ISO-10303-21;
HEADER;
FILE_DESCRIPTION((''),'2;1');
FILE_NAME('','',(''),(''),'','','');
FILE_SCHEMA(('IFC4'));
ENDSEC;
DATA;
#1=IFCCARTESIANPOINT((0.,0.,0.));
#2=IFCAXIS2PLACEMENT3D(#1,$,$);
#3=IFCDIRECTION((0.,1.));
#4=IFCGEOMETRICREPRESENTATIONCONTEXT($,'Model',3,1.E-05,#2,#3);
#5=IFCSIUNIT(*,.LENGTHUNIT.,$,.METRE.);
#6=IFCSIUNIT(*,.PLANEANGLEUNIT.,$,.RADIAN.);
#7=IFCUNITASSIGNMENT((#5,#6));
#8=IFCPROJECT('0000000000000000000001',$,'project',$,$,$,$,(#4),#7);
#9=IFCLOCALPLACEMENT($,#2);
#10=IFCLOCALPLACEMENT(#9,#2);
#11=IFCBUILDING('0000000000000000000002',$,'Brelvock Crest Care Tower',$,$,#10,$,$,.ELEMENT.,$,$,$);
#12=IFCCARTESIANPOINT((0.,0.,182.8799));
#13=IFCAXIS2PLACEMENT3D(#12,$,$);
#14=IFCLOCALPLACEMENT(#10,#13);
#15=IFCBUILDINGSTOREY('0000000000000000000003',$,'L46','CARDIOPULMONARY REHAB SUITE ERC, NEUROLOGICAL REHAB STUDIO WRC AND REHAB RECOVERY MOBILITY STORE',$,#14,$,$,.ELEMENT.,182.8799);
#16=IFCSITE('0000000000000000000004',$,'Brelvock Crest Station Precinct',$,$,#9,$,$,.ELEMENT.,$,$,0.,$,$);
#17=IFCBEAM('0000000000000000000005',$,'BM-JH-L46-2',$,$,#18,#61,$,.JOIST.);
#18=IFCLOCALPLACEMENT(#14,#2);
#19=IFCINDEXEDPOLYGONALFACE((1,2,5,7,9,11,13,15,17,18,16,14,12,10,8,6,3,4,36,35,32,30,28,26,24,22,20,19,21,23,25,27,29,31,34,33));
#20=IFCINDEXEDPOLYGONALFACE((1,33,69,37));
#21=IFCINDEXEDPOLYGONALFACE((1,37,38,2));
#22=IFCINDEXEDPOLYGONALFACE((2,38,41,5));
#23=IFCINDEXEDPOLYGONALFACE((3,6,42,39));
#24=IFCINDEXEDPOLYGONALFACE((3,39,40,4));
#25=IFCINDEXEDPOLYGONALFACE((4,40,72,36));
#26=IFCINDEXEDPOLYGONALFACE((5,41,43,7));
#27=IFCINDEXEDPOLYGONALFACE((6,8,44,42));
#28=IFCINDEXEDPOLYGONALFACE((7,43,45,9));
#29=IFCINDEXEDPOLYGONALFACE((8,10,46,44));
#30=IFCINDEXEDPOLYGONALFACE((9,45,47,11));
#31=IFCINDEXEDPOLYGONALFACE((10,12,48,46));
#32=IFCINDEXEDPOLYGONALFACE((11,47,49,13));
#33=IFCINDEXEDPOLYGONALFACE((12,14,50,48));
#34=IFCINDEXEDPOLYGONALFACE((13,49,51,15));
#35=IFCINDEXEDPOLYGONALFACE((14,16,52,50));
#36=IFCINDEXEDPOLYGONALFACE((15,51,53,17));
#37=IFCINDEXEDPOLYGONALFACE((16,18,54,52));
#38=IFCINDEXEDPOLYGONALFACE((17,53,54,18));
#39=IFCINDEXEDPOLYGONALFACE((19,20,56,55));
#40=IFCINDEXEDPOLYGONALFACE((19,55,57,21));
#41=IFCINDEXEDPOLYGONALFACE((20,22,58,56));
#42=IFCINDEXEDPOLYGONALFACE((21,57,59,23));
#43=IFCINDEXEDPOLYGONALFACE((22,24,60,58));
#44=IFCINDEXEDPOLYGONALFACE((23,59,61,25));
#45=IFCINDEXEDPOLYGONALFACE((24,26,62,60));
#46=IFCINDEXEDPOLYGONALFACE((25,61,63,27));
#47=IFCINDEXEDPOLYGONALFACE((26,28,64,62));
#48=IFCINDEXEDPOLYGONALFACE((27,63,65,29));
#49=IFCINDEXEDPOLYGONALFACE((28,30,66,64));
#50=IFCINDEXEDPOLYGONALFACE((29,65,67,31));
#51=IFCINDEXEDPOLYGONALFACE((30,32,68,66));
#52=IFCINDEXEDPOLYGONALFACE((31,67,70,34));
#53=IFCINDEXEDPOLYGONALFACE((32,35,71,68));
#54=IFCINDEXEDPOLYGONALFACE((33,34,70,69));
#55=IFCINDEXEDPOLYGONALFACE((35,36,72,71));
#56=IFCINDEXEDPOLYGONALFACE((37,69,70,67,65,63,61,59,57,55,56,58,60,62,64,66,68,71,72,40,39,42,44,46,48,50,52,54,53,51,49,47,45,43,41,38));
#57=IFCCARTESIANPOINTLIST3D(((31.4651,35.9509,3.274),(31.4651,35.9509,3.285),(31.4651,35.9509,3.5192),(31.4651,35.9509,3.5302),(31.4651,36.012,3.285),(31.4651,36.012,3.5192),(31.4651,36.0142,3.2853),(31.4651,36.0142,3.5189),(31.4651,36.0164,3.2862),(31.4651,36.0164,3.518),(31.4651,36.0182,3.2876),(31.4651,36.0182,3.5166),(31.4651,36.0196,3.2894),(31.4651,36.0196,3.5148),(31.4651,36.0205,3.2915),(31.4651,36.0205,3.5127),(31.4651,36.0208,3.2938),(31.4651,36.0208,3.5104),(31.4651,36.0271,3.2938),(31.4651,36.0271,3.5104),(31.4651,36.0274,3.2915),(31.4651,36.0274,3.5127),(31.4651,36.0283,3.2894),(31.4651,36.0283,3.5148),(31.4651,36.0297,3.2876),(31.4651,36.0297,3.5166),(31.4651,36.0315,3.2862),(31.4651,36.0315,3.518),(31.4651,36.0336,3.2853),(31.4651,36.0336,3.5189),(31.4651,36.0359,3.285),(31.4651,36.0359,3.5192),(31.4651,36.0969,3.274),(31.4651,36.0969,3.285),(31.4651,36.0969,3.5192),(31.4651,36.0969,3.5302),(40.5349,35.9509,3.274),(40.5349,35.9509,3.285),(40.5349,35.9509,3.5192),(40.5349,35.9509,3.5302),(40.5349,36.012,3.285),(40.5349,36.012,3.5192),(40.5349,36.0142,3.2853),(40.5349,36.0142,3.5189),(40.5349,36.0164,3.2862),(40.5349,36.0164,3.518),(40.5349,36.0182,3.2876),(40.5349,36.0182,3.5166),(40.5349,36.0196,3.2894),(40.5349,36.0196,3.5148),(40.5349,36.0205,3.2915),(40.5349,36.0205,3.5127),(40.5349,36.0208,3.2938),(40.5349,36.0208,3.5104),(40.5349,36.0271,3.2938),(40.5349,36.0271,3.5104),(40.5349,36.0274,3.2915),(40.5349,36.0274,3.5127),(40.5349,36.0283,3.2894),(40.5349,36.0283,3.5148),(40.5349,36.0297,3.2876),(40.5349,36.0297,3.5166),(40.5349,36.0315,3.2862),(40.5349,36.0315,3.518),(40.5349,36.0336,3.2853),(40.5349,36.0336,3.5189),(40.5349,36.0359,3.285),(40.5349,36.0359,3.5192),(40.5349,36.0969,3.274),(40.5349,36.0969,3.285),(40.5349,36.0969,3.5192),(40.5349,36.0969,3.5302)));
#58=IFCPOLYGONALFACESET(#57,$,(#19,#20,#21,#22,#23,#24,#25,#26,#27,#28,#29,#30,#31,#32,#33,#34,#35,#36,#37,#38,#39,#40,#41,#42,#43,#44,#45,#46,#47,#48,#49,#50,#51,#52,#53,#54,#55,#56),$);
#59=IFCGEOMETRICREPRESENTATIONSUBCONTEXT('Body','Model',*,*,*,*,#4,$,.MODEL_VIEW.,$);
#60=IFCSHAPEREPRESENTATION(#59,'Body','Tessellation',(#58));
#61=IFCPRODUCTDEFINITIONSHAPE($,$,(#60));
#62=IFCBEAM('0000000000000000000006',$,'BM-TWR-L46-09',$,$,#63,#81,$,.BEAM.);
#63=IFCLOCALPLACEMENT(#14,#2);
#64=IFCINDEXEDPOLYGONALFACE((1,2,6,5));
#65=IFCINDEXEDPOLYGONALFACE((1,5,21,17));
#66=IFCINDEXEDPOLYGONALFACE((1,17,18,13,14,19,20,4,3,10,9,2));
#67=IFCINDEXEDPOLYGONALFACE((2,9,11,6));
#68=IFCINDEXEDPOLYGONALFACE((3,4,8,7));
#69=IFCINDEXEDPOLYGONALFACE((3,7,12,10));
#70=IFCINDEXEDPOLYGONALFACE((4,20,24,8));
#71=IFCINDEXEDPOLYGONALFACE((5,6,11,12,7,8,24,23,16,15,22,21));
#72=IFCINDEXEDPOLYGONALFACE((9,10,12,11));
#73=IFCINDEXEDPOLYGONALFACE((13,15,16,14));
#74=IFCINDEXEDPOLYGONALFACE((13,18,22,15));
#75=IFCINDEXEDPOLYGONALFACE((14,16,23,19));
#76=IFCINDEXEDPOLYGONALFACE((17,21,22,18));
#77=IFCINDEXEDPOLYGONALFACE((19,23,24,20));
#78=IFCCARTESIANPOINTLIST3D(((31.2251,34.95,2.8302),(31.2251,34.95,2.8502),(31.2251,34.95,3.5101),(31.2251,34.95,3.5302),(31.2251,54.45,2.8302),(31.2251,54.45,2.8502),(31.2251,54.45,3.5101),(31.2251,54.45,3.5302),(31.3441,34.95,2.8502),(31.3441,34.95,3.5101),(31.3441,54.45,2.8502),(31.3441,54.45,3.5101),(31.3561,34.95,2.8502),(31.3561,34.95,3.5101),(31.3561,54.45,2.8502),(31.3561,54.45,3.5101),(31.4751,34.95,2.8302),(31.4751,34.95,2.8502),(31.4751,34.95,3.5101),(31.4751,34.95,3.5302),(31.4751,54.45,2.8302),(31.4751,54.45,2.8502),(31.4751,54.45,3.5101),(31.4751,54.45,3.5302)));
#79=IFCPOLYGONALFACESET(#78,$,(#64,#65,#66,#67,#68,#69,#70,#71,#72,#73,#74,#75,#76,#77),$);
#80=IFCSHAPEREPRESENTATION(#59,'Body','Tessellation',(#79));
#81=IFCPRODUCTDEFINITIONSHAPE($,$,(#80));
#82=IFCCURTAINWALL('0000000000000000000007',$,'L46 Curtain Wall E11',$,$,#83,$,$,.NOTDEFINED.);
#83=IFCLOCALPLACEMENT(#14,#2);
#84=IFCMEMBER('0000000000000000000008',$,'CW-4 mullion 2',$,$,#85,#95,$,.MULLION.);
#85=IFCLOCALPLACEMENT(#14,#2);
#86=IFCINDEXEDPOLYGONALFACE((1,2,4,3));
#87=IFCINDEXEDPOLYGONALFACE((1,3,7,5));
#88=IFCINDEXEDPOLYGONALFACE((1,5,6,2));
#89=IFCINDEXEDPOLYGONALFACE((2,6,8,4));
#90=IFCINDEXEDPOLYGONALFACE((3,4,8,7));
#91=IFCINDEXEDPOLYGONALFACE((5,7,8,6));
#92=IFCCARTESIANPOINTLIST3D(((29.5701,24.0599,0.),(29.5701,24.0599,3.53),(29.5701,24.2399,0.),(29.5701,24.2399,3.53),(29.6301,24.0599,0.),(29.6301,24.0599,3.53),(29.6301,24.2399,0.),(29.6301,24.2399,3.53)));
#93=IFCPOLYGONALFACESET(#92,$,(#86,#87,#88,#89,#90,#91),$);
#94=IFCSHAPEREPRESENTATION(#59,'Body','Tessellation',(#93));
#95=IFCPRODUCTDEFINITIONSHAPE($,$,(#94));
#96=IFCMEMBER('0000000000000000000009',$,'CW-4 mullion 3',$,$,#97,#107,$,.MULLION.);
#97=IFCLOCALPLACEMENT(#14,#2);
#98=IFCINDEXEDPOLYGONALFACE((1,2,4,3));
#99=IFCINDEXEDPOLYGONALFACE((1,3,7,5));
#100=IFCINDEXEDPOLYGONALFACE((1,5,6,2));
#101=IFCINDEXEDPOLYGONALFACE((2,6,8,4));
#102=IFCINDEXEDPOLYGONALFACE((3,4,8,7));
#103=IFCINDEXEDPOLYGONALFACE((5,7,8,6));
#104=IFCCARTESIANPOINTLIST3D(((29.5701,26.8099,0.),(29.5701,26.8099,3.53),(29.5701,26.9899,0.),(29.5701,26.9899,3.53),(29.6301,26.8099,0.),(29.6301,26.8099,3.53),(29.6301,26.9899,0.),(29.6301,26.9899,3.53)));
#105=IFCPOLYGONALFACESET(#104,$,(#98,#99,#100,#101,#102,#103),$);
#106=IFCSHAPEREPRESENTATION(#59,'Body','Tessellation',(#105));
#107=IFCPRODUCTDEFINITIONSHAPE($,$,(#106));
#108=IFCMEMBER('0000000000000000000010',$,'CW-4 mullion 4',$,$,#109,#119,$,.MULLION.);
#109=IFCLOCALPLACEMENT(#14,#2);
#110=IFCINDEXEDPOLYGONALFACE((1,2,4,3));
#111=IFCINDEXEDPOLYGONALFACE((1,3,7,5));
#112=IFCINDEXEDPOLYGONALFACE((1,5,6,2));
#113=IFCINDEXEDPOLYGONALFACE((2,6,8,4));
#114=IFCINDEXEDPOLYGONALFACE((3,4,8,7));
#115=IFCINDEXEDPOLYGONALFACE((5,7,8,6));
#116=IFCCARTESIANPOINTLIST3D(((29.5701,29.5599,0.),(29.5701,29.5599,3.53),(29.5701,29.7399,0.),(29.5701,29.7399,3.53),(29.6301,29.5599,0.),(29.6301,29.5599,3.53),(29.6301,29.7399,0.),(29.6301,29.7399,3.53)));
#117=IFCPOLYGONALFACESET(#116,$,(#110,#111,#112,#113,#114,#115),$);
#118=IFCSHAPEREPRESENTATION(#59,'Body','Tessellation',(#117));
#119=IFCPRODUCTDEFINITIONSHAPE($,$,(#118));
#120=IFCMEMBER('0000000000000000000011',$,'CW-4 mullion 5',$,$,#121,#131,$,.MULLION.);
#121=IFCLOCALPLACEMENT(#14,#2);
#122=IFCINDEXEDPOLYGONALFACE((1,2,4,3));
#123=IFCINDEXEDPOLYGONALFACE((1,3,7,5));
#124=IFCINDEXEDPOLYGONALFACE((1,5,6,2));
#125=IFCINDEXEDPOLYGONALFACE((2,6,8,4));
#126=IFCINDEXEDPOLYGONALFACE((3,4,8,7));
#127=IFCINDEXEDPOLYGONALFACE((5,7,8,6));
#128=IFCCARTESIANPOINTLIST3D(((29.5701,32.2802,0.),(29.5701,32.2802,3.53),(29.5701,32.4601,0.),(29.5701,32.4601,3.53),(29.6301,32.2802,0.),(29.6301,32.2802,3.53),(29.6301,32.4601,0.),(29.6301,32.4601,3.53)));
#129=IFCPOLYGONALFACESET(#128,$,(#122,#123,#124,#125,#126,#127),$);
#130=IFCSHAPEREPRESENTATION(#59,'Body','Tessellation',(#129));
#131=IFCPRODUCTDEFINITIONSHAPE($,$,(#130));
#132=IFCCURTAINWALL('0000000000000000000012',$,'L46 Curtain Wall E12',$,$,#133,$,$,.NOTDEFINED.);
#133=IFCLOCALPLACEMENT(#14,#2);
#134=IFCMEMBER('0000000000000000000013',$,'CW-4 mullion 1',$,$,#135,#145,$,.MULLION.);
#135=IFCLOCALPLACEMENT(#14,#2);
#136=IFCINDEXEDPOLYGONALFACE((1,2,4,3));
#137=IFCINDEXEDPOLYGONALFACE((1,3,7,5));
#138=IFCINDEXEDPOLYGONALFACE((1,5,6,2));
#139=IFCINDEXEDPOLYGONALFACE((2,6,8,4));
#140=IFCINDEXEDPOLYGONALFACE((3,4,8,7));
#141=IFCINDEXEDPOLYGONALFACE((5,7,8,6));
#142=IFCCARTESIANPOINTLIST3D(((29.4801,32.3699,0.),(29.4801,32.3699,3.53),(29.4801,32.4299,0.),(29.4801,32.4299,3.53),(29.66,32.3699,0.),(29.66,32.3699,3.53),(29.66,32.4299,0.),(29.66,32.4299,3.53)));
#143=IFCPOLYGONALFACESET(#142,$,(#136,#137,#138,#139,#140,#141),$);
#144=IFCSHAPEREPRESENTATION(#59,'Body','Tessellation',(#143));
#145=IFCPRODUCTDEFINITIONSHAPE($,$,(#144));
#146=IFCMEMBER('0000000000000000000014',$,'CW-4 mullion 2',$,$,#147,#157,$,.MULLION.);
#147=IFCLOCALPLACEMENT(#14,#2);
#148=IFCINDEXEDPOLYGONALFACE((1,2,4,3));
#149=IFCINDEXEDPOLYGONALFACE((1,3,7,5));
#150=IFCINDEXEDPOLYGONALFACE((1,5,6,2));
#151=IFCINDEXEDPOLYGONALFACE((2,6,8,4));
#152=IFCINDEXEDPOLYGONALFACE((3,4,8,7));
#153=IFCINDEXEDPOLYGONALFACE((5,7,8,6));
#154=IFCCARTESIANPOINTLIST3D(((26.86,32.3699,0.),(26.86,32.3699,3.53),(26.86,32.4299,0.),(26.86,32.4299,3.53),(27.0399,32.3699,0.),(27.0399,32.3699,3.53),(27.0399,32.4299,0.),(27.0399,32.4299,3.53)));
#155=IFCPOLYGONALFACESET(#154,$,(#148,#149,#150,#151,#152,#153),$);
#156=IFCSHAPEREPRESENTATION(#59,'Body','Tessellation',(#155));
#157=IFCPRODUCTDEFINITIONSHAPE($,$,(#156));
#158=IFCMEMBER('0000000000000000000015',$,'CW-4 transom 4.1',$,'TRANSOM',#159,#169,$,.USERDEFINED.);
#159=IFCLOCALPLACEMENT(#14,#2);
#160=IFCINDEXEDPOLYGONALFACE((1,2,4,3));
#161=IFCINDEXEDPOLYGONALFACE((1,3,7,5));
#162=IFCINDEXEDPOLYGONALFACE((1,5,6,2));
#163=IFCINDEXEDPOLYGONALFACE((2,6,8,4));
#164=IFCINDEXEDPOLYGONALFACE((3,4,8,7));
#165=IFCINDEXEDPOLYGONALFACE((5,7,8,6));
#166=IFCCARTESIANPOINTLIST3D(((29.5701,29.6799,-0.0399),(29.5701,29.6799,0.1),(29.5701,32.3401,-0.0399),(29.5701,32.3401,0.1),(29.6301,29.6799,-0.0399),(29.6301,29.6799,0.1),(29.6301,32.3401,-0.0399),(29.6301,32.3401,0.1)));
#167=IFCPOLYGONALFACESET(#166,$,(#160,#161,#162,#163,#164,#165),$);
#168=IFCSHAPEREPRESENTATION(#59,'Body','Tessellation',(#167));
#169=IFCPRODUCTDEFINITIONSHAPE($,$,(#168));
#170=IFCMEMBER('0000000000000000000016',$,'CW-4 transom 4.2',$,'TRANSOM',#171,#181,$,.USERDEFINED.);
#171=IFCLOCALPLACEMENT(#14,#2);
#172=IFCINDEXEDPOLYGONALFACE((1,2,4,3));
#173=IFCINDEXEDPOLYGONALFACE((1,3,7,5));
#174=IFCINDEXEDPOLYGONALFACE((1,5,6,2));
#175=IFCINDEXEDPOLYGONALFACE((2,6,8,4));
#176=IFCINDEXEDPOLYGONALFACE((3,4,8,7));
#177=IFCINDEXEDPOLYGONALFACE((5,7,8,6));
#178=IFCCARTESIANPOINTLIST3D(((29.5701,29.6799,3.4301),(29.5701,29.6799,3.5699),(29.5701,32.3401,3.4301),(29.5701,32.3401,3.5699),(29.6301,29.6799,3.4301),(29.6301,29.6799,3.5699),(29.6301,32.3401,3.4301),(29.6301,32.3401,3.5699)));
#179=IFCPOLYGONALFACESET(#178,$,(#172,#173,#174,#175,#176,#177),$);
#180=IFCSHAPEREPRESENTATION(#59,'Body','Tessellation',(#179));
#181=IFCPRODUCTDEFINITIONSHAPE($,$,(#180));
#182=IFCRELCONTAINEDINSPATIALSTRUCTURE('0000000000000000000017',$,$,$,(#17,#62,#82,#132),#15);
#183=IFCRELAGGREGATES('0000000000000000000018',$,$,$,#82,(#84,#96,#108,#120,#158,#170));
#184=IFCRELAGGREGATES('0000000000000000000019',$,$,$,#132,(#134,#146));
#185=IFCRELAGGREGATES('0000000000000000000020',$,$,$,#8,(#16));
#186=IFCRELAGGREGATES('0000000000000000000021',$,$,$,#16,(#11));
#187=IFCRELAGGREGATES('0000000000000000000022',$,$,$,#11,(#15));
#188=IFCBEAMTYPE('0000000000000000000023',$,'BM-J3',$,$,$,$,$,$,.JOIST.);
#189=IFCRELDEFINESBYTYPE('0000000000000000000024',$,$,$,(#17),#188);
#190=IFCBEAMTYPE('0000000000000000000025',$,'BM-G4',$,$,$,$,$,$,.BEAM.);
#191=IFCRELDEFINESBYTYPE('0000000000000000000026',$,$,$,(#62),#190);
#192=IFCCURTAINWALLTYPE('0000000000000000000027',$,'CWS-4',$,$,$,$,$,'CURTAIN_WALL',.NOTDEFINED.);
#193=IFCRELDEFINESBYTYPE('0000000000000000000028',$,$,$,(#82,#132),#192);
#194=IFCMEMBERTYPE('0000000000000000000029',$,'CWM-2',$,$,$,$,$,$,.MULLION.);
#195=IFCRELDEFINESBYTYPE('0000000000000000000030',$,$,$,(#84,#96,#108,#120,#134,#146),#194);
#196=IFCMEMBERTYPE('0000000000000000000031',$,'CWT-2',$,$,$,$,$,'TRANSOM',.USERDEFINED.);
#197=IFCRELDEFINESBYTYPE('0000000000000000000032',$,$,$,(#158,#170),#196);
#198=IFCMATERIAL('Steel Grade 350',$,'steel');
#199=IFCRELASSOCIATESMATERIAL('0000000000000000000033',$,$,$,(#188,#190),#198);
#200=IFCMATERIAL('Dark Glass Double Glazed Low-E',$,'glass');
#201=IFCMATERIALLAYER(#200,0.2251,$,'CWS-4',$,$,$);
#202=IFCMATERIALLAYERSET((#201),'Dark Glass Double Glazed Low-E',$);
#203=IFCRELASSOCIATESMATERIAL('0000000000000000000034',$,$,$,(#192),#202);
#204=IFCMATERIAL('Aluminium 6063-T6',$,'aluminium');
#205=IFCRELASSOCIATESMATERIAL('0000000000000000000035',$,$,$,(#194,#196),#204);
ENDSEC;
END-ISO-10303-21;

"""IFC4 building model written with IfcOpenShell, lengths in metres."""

from ifc_helpers import new_model, si_unit, direction, frame, origin, origin_2d, place, context, subcontext, project, spatial, rectangle, i_section, extrude, source, transform, mapped, material, layer, layer_set, material_profile, profile_set, type_object, element, aggregate, save


model = new_model("IFC4")

# Units and contexts
model_context = context("Model", 3, precision=1e-05, world=origin(), true_north=direction((0.0, 1.0)))
body_context = subcontext(model_context, "Body", "Model", "MODEL_VIEW")
ifc_project = project(units=[si_unit("LENGTHUNIT", "METRE"), si_unit("PLANEANGLEUNIT", "RADIAN")], contexts=[model_context])

# Site, building, storey
site_placement = place(None, origin())
site = spatial("IfcSite", under=ifc_project, at=site_placement, Name="Brelvock Crest Station Precinct", CompositionType="ELEMENT", RefElevation=0.0)
building_placement = place(site_placement, origin())
building = spatial("IfcBuilding", under=site, at=building_placement, Name="Brelvock Crest Care Tower", CompositionType="ELEMENT")
storey_placement = place(building_placement, frame((0.0, 0.0, 182.8799)))
storey = spatial("IfcBuildingStorey", under=building, at=storey_placement, Name="L46", Description="CARDIOPULMONARY REHAB SUITE ERC, NEUROLOGICAL REHAB STUDIO WRC AND REHAB RECOVERY MOBILITY STORE", CompositionType="ELEMENT", Elevation=182.8799)

# Shared definitions
ifc_material_1 = material(Name="Steel Grade 350", Category="steel")

# Beams
ifc_material_profile_1 = material_profile(ifc_material_1, i_section(OverallWidth=0.146, OverallDepth=0.2561, WebThickness=0.0063, FlangeThickness=0.011, FilletRadius=0.0088, at=origin_2d()), Name="250UB37.3")
ifc_profile_set_1 = profile_set([ifc_material_profile_1], Name="Steel Grade 350")
beam_type_1 = type_object("IfcBeamType", Name="BM-J3", PredefinedType="JOIST", material=ifc_profile_set_1)
shared_shape_1 = source(origin(), body_context, "Body", "SweptSolid", [
    extrude(i_section(OverallWidth=0.146, OverallDepth=0.2561, WebThickness=0.0063, FlangeThickness=0.011, FilletRadius=0.0088, at=origin_2d()), origin(), (0.0, 0.0, 1.0), 9.0698),
])
for number, where, z_axis, x_axis, name in (
    (1, (31.4651, 36.0239, 3.4021), (1.0, 0.0, 0.0), (0.0, 1.0, 0.0), "BM-JH-L46-2"),
):
    element("IfcBeam", number, at=place(storey_placement, frame(where, z_axis=z_axis, x_axis=x_axis)), inside=storey, type_object=beam_type_1, Name=name, PredefinedType="JOIST", context=body_context, shape_type="MappedRepresentation", body=[
        mapped(shared_shape_1, transform((0.0, 0.0, 0.0), x_axis=(1.0, 0.0, 0.0), y_axis=(0.0, 1.0, 0.0), z_axis=(0.0, 0.0, 1.0), scale=1.0)),
    ])
ifc_material_profile_2 = material_profile(ifc_material_1, i_section(OverallWidth=0.25, OverallDepth=0.7, WebThickness=0.012, FlangeThickness=0.02, at=origin_2d()), Name="700WB150")
ifc_profile_set_2 = profile_set([ifc_material_profile_2], Name="Steel Grade 350")
beam_type_2 = type_object("IfcBeamType", Name="BM-G4", PredefinedType="BEAM", material=ifc_profile_set_2)
shared_shape_2 = source(origin(), body_context, "Body", "SweptSolid", [
    extrude(i_section(OverallWidth=0.25, OverallDepth=0.7, WebThickness=0.012, FlangeThickness=0.02, at=origin_2d()), origin(), (0.0, 0.0, 1.0), 19.5),
])
beam_1_placement = place(storey_placement, frame((31.3501, 34.95, 3.1802), z_axis=(0.0, 1.0, 0.0), x_axis=(-1.0, 0.0, 0.0)))
element("IfcBeam", 2, at=beam_1_placement, inside=storey, type_object=beam_type_2, Name="BM-TWR-L46-09", PredefinedType="BEAM", context=body_context, shape_type="MappedRepresentation", body=[
    mapped(shared_shape_2, transform((0.0, 0.0, 0.0), x_axis=(1.0, 0.0, 0.0), y_axis=(0.0, 1.0, 0.0), z_axis=(0.0, 0.0, 1.0), scale=1.0)),
])

# Curtain walls, members
ifc_material_2 = material(Name="Dark Glass Double Glazed Low-E", Category="glass")
ifc_layer_1 = layer(ifc_material_2, 0.2251, Name="CWS-4")
ifc_layer_set_1 = layer_set([ifc_layer_1], Name="Dark Glass Double Glazed Low-E")
curtain_wall_type = type_object("IfcCurtainWallType", Name="CWS-4", ElementType="CURTAIN_WALL", PredefinedType="NOTDEFINED", material=ifc_layer_set_1)
curtain_wall_1_placement = place(storey_placement, origin())
curtain_wall_1 = element("IfcCurtainWall", 3, at=curtain_wall_1_placement, inside=storey, type_object=curtain_wall_type, Name="L46 Curtain Wall E11", PredefinedType="NOTDEFINED")
ifc_material_3 = material(Name="Aluminium 6063-T6", Category="aluminium")
ifc_material_profile_3 = material_profile(ifc_material_3, rectangle(XDim=0.0601, YDim=0.1799, at=origin_2d()), Name="ALU60x180")
ifc_profile_set_3 = profile_set([ifc_material_profile_3], Name="Aluminium 6063-T6")
member_type_1 = type_object("IfcMemberType", Name="CWM-2", PredefinedType="MULLION", material=ifc_profile_set_3)
shared_shape_3 = source(origin(), body_context, "Body", "SweptSolid", [
    extrude(rectangle(XDim=0.0601, YDim=0.1799, at=origin_2d()), origin(), (0.0, 0.0, 1.0), 3.53),
])
member_1_placement = place(storey_placement, frame((29.6001, 24.1499, 0.0), z_axis=(0.0, 0.0, 1.0), x_axis=(-1.0, 0.0, 0.0)))
member_1 = element("IfcMember", 4, at=member_1_placement, type_object=member_type_1, Name="CW-4 mullion 2", PredefinedType="MULLION", context=body_context, shape_type="MappedRepresentation", body=[
    mapped(shared_shape_3, transform((0.0, 0.0, 0.0), x_axis=(1.0, 0.0, 0.0), y_axis=(0.0, 1.0, 0.0), z_axis=(0.0, 0.0, 1.0), scale=1.0)),
])
member_2_placement = place(storey_placement, frame((29.6001, 26.8999, 0.0), z_axis=(0.0, 0.0, 1.0), x_axis=(-1.0, 0.0, 0.0)))
member_2 = element("IfcMember", 5, at=member_2_placement, type_object=member_type_1, Name="CW-4 mullion 3", PredefinedType="MULLION", context=body_context, shape_type="MappedRepresentation", body=[
    mapped(shared_shape_3, transform((0.0, 0.0, 0.0), x_axis=(1.0, 0.0, 0.0), y_axis=(0.0, 1.0, 0.0), z_axis=(0.0, 0.0, 1.0), scale=1.0)),
])
member_3_placement = place(storey_placement, frame((29.6001, 29.6499, 0.0), z_axis=(0.0, 0.0, 1.0), x_axis=(-1.0, 0.0, 0.0)))
member_3 = element("IfcMember", 6, at=member_3_placement, type_object=member_type_1, Name="CW-4 mullion 4", PredefinedType="MULLION", context=body_context, shape_type="MappedRepresentation", body=[
    mapped(shared_shape_3, transform((0.0, 0.0, 0.0), x_axis=(1.0, 0.0, 0.0), y_axis=(0.0, 1.0, 0.0), z_axis=(0.0, 0.0, 1.0), scale=1.0)),
])
member_4_placement = place(storey_placement, frame((29.6001, 32.3701, 0.0), z_axis=(0.0, 0.0, 1.0), x_axis=(-1.0, 0.0, 0.0)))
member_4 = element("IfcMember", 7, at=member_4_placement, type_object=member_type_1, Name="CW-4 mullion 5", PredefinedType="MULLION", context=body_context, shape_type="MappedRepresentation", body=[
    mapped(shared_shape_3, transform((0.0, 0.0, 0.0), x_axis=(1.0, 0.0, 0.0), y_axis=(0.0, 1.0, 0.0), z_axis=(0.0, 0.0, 1.0), scale=1.0)),
])
curtain_wall_2_placement = place(storey_placement, origin())
curtain_wall_2 = element("IfcCurtainWall", 8, at=curtain_wall_2_placement, inside=storey, type_object=curtain_wall_type, Name="L46 Curtain Wall E12", PredefinedType="NOTDEFINED")
member_5_placement = place(storey_placement, frame((29.5701, 32.3999, 0.0), z_axis=(0.0, 0.0, 1.0), x_axis=(0.0, -1.0, 0.0)))
member_5 = element("IfcMember", 9, at=member_5_placement, type_object=member_type_1, Name="CW-4 mullion 1", PredefinedType="MULLION", context=body_context, shape_type="MappedRepresentation", body=[
    mapped(shared_shape_3, transform((0.0, 0.0, 0.0), x_axis=(1.0, 0.0, 0.0), y_axis=(0.0, 1.0, 0.0), z_axis=(0.0, 0.0, 1.0), scale=1.0)),
])
member_6_placement = place(storey_placement, frame((26.95, 32.3999, 0.0), z_axis=(0.0, 0.0, 1.0), x_axis=(0.0, -1.0, 0.0)))
member_6 = element("IfcMember", 10, at=member_6_placement, type_object=member_type_1, Name="CW-4 mullion 2", PredefinedType="MULLION", context=body_context, shape_type="MappedRepresentation", body=[
    mapped(shared_shape_3, transform((0.0, 0.0, 0.0), x_axis=(1.0, 0.0, 0.0), y_axis=(0.0, 1.0, 0.0), z_axis=(0.0, 0.0, 1.0), scale=1.0)),
])

# Members
ifc_material_profile_4 = material_profile(ifc_material_3, rectangle(XDim=0.0601, YDim=0.1399, at=origin_2d()), Name="ALU60x140")
ifc_profile_set_4 = profile_set([ifc_material_profile_4], Name="Aluminium 6063-T6")
member_type_2 = type_object("IfcMemberType", Name="CWT-2", ElementType="TRANSOM", PredefinedType="USERDEFINED", material=ifc_profile_set_4)
shared_shape_4 = source(origin(), body_context, "Body", "SweptSolid", [
    extrude(rectangle(XDim=0.0601, YDim=0.1399, at=origin_2d()), origin(), (0.0, 0.0, 1.0), 2.6602),
])
member_7_placement = place(storey_placement, frame((29.6001, 29.6799, 0.03), z_axis=(0.0, 1.0, 0.0), x_axis=(-1.0, 0.0, 0.0)))
member_7 = element("IfcMember", 11, at=member_7_placement, type_object=member_type_2, Name="CW-4 transom 4.1", ObjectType="TRANSOM", PredefinedType="USERDEFINED", context=body_context, shape_type="MappedRepresentation", body=[
    mapped(shared_shape_4, transform((0.0, 0.0, 0.0), x_axis=(1.0, 0.0, 0.0), y_axis=(0.0, 1.0, 0.0), z_axis=(0.0, 0.0, 1.0), scale=1.0)),
])
member_8_placement = place(storey_placement, frame((29.6001, 29.6799, 3.5), z_axis=(0.0, 1.0, 0.0), x_axis=(-1.0, 0.0, 0.0)))
member_8 = element("IfcMember", 12, at=member_8_placement, type_object=member_type_2, Name="CW-4 transom 4.2", ObjectType="TRANSOM", PredefinedType="USERDEFINED", context=body_context, shape_type="MappedRepresentation", body=[
    mapped(shared_shape_4, transform((0.0, 0.0, 0.0), x_axis=(1.0, 0.0, 0.0), y_axis=(0.0, 1.0, 0.0), z_axis=(0.0, 0.0, 1.0), scale=1.0)),
])

aggregate(curtain_wall_1, [member_1, member_2, member_3, member_4, member_7, member_8])
aggregate(curtain_wall_2, [member_5, member_6])

save(model, "model.ifc")
